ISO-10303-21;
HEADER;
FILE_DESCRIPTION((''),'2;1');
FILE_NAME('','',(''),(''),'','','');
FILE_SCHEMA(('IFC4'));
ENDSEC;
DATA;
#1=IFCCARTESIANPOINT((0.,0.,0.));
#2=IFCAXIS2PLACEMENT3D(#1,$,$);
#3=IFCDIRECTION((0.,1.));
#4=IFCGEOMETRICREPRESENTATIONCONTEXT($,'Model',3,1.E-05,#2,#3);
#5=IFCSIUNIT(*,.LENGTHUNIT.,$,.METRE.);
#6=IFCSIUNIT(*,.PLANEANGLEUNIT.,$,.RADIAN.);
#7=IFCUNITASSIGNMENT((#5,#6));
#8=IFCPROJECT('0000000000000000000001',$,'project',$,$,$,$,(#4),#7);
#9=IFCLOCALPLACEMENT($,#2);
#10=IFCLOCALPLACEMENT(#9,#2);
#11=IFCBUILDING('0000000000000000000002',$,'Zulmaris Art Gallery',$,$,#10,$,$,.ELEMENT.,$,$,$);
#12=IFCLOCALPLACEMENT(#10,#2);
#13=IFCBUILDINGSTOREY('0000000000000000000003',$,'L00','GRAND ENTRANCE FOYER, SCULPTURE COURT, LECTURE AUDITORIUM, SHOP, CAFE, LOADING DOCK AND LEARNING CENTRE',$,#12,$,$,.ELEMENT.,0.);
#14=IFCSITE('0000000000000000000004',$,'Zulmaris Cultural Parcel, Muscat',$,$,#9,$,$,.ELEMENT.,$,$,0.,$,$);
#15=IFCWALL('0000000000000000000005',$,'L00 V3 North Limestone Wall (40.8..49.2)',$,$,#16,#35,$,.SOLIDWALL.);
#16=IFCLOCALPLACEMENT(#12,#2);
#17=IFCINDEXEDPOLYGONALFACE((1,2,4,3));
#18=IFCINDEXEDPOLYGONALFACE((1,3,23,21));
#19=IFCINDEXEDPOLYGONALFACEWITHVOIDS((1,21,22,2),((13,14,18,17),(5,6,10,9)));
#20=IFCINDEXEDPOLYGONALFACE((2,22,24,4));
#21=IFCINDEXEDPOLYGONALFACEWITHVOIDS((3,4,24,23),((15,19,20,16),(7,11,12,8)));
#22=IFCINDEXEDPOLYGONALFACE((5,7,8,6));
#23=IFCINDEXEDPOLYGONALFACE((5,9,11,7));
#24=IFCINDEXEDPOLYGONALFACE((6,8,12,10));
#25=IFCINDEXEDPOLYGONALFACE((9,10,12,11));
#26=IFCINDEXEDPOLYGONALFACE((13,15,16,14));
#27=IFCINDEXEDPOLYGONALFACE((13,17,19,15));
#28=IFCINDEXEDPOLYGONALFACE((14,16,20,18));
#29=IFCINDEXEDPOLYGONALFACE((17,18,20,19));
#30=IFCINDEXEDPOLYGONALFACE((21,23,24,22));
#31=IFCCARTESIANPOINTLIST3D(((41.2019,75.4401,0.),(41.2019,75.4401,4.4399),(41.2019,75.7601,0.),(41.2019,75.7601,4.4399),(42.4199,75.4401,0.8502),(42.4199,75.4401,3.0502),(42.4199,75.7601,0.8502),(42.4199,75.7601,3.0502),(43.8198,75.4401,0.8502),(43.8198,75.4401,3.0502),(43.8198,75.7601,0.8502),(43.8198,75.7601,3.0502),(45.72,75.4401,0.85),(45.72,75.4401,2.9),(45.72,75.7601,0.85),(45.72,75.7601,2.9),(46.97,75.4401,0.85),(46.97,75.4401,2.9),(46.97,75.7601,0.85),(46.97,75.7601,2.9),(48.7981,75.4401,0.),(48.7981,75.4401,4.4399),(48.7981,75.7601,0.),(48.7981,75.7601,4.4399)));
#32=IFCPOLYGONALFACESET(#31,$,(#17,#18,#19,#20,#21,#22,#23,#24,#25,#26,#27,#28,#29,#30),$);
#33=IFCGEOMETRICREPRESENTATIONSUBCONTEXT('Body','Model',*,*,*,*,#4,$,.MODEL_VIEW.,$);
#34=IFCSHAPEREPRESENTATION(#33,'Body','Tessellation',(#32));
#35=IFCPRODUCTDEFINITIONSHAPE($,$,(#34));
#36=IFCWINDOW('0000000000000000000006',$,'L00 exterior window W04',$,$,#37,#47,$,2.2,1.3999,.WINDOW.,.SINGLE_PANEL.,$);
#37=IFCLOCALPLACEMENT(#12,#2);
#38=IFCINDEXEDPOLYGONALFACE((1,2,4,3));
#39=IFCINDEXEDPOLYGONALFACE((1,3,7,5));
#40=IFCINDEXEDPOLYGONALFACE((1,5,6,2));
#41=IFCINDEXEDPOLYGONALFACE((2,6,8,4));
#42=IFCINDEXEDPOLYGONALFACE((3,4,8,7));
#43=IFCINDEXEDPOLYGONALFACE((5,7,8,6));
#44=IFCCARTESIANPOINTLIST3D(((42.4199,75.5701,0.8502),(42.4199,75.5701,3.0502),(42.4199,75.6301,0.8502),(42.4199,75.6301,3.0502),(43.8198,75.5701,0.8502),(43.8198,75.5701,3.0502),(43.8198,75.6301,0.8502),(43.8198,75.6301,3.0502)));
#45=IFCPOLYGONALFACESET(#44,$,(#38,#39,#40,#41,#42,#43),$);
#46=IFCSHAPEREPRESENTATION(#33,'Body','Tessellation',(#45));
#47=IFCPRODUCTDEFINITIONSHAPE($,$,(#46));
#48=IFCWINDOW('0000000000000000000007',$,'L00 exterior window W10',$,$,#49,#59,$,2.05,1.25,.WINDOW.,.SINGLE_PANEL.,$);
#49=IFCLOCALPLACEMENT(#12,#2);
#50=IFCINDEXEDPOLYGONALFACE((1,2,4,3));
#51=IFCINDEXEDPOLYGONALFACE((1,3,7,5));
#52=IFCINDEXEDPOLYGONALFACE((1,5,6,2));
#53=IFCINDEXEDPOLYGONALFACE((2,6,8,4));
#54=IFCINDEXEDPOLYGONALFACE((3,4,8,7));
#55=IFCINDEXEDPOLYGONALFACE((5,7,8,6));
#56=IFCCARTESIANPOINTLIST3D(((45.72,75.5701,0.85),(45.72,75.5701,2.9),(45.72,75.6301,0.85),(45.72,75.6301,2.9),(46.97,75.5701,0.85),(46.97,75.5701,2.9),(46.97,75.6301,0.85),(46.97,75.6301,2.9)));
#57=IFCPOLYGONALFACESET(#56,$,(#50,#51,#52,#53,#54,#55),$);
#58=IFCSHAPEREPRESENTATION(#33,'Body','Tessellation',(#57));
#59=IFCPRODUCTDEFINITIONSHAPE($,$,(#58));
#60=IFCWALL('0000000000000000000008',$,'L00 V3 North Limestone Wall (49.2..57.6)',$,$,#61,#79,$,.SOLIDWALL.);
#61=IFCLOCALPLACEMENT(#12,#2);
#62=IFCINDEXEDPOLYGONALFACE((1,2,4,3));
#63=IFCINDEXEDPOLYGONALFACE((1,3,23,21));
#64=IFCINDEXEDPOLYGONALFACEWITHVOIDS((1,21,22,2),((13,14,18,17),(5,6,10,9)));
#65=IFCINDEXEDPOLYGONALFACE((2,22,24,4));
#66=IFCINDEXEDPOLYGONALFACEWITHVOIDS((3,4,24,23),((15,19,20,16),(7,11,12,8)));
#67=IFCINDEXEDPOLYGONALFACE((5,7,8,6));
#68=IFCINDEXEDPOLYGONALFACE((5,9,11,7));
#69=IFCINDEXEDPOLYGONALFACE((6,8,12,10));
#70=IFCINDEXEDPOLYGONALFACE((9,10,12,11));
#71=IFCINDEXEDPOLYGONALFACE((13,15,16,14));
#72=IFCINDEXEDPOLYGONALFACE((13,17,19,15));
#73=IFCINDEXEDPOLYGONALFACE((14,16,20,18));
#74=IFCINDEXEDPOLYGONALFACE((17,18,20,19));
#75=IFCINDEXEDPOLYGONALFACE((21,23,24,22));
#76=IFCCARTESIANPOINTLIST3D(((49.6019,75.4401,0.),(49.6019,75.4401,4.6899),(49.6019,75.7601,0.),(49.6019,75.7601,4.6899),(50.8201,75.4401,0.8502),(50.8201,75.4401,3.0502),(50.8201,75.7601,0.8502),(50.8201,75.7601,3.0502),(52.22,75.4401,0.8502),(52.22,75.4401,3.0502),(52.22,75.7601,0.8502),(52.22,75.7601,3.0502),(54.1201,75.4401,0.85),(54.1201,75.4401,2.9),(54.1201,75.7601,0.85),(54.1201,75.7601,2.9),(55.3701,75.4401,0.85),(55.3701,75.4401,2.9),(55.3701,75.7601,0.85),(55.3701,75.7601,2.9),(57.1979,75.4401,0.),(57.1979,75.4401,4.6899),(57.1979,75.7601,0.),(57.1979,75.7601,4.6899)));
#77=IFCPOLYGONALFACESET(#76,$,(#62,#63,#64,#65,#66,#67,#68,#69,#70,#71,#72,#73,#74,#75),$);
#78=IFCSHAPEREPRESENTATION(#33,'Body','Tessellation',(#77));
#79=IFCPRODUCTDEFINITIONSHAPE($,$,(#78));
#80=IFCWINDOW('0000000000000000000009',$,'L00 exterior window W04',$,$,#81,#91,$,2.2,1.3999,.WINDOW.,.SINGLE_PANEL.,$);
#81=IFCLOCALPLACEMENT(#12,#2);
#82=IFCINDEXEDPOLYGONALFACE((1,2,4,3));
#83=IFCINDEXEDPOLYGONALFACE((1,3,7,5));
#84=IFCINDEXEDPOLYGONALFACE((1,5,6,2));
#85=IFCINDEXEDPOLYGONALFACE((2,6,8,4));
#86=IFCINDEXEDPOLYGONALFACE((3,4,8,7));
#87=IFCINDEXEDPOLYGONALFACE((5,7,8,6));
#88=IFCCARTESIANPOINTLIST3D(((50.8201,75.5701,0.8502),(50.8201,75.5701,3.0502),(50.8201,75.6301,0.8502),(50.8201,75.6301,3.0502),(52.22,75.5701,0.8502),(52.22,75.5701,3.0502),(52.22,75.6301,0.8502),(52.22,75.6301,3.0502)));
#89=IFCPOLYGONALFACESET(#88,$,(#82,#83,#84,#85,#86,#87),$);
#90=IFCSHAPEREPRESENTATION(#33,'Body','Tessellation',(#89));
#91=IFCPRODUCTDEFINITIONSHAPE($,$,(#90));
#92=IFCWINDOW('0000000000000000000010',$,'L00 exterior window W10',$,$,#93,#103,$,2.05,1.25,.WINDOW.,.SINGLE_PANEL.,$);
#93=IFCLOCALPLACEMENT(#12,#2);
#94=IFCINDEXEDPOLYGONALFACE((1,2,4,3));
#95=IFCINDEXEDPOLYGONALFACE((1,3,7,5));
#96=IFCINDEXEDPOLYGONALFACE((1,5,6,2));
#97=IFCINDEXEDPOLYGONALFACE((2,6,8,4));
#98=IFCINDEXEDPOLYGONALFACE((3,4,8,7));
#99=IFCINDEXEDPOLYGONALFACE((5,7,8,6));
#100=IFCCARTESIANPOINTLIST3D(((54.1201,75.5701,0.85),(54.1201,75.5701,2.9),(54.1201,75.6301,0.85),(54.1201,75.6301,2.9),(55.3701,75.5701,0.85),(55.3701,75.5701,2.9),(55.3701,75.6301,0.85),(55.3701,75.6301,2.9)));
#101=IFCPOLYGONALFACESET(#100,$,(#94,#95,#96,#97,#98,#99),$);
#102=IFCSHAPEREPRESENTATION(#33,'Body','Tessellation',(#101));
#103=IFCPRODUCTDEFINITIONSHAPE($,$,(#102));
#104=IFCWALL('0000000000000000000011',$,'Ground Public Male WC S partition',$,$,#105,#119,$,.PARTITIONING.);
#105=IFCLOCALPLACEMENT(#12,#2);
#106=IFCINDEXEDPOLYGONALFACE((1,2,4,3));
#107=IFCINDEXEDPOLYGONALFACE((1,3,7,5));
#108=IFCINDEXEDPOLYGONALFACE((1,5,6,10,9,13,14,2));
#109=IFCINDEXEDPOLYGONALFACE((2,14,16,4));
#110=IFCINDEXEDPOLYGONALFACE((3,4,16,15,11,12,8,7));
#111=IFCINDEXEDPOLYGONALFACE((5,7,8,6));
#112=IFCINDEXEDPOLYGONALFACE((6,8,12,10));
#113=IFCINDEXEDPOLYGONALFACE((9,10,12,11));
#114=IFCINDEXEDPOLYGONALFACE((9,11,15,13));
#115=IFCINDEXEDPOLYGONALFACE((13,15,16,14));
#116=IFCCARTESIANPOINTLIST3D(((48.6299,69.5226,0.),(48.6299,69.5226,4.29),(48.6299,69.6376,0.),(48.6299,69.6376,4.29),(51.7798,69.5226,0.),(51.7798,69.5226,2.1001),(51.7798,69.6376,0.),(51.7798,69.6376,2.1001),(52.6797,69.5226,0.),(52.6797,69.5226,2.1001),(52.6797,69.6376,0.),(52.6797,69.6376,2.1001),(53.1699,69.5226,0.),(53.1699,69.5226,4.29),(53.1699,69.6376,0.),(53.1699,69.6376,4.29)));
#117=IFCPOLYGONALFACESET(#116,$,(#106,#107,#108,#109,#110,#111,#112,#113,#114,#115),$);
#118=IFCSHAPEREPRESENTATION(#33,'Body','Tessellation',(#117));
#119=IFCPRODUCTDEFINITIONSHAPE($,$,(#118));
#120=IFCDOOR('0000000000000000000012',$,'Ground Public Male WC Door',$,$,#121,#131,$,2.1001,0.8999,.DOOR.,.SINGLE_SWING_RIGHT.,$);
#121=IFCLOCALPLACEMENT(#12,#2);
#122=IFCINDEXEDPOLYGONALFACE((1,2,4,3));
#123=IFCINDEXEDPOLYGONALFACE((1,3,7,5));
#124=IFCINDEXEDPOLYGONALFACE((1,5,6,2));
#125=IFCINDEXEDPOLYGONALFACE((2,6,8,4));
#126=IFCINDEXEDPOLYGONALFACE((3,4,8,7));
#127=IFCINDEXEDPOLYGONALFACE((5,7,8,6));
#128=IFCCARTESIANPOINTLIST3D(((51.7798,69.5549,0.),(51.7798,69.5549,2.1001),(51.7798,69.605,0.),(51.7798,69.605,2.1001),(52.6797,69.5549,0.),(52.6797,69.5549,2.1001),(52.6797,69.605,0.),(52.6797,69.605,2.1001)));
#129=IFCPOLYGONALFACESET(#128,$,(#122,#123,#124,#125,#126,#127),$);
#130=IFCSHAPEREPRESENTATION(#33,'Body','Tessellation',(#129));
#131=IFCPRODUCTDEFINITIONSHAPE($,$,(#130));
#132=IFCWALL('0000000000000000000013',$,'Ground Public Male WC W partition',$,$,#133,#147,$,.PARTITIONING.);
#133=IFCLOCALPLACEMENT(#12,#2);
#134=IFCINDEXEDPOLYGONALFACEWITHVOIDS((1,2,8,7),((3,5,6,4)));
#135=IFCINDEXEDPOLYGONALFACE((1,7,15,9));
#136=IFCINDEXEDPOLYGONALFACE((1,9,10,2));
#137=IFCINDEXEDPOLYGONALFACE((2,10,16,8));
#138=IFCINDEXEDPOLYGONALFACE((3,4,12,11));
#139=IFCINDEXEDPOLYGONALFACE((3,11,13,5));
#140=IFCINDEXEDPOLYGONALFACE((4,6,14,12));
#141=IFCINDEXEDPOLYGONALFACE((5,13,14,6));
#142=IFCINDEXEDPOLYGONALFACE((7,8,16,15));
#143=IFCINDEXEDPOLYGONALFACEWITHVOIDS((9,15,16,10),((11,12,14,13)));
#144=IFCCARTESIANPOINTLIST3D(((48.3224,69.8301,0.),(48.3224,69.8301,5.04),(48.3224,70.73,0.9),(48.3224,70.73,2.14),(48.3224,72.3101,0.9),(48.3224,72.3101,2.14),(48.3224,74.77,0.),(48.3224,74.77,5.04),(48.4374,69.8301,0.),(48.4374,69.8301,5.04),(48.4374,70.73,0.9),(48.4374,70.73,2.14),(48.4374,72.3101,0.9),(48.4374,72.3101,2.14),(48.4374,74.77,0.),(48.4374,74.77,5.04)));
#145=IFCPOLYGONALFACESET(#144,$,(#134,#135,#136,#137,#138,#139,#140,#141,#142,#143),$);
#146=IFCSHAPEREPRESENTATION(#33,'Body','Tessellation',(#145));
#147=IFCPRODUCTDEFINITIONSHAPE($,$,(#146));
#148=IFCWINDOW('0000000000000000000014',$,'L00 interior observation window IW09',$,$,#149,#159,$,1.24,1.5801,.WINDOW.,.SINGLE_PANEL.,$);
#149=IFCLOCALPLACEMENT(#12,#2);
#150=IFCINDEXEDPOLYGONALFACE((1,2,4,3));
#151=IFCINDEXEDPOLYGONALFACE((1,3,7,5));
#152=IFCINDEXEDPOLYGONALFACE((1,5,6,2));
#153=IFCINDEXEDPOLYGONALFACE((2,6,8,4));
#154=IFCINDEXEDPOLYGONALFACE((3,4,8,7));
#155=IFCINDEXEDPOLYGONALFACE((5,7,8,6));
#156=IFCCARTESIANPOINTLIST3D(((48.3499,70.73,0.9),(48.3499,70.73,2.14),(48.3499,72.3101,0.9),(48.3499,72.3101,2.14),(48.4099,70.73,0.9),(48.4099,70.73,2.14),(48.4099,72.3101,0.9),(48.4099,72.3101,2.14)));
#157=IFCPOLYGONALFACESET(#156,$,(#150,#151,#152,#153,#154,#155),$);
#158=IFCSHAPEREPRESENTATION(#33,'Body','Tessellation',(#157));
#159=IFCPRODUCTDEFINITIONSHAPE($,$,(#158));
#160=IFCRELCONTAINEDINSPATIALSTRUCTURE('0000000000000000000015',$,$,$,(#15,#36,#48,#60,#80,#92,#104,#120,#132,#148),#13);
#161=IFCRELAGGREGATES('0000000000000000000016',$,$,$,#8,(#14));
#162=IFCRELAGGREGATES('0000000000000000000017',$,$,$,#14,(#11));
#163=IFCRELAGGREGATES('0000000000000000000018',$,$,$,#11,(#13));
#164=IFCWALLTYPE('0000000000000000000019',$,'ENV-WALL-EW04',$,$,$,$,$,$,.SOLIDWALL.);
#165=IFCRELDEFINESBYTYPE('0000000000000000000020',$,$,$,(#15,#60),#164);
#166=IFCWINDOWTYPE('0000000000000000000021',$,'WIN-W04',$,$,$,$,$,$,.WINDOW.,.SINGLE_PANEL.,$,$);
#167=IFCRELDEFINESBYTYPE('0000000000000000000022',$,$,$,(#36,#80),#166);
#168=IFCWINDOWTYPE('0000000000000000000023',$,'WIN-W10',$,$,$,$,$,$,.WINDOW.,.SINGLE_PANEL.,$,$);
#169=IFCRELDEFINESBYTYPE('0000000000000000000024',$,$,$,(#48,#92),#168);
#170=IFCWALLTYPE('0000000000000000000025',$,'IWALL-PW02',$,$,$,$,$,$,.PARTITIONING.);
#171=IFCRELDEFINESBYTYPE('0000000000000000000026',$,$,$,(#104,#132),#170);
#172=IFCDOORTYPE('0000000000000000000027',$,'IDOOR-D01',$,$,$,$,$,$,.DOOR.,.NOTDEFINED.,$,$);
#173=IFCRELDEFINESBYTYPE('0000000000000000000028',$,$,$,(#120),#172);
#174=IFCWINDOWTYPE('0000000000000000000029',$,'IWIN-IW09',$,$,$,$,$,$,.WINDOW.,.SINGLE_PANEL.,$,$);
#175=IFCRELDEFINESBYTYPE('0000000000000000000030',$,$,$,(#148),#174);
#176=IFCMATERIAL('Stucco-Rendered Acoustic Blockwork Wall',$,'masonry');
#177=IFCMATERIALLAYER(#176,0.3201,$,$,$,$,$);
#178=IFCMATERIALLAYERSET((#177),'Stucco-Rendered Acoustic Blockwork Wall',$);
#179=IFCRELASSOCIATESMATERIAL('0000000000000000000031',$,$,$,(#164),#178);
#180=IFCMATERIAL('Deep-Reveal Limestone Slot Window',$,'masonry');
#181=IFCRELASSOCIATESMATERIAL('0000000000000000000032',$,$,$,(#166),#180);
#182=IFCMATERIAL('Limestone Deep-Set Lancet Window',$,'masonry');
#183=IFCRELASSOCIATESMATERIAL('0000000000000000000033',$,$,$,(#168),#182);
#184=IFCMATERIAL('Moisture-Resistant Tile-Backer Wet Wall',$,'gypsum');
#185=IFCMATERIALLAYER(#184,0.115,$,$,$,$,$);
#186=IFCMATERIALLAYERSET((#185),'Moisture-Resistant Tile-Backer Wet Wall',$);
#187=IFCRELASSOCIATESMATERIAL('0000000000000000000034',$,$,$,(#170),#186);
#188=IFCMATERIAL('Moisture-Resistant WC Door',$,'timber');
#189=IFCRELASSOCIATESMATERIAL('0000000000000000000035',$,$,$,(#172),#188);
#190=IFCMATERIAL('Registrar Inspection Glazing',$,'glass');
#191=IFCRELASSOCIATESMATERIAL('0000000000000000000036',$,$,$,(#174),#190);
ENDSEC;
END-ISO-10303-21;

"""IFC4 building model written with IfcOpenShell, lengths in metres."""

from ifc_helpers import new_model, si_unit, direction, frame, frame_2d, origin, place, context, subcontext, project, spatial, rectangle, extrude, material, layer, layer_set, type_object, element, fill, save


model = new_model("IFC4")

# Units and contexts
model_context = context("Model", 3, precision=1e-05, world=origin(), true_north=direction((0.0, 1.0)))
body_context = subcontext(model_context, "Body", "Model", "MODEL_VIEW")
ifc_project = project(units=[si_unit("LENGTHUNIT", "METRE"), si_unit("PLANEANGLEUNIT", "RADIAN")], contexts=[model_context])

# Site, building, storey
site_placement = place(None, origin())
site = spatial("IfcSite", under=ifc_project, at=site_placement, Name="Zulmaris Cultural Parcel, Muscat", CompositionType="ELEMENT", RefElevation=0.0)
building_placement = place(site_placement, origin())
building = spatial("IfcBuilding", under=site, at=building_placement, Name="Zulmaris Art Gallery", CompositionType="ELEMENT")
storey_placement = place(building_placement, origin())
storey = spatial("IfcBuildingStorey", under=building, at=storey_placement, Name="L00", Description="GRAND ENTRANCE FOYER, SCULPTURE COURT, LECTURE AUDITORIUM, SHOP, CAFE, LOADING DOCK AND LEARNING CENTRE", CompositionType="ELEMENT", Elevation=0.0)

# Walls, openings, windows
ifc_material_1 = material(Name="Stucco-Rendered Acoustic Blockwork Wall", Category="masonry")
ifc_layer_1 = layer(ifc_material_1, 0.3201)
ifc_layer_set_1 = layer_set([ifc_layer_1], Name="Stucco-Rendered Acoustic Blockwork Wall")
wall_type_1 = type_object("IfcWallType", Name="ENV-WALL-EW04", PredefinedType="SOLIDWALL", material=ifc_layer_set_1)
wall_1_placement = place(storey_placement, frame((41.2019, 75.6001, 0.0), z_axis=(0.0, 0.0, 1.0), x_axis=(1.0, 0.0, 0.0)))
wall_1 = element("IfcWall", 1, at=wall_1_placement, inside=storey, type_object=wall_type_1, Name="L00 V3 North Limestone Wall (40.8..49.2)", PredefinedType="SOLIDWALL", context=body_context, shape_type="SweptSolid", body=[
    extrude(rectangle(XDim=7.5962, YDim=0.3201, at=frame_2d((3.7981, 0.0))), origin(), (0.0, 0.0, 1.0), 4.4399),
])
opening_1_placement = place(wall_1_placement, frame((1.218, 0.0, 0.8501)))
opening_1 = element("IfcOpeningElement", 2, at=opening_1_placement, cuts=wall_1, PredefinedType="OPENING", context=body_context, shape_type="SweptSolid", body=[
    extrude(rectangle(XDim=1.3999, YDim=2.2, at=frame_2d((0.7, 1.1001))), frame((0.0, 0.1699, 0.0), z_axis=(0.0, -1.0, 0.0), x_axis=(1.0, 0.0, 0.0)), (0.0, 0.0, 1.0), 0.3401),
])
opening_2_placement = place(wall_1_placement, frame((4.5181, 0.0, 0.8501)))
opening_2 = element("IfcOpeningElement", 3, at=opening_2_placement, cuts=wall_1, PredefinedType="OPENING", context=body_context, shape_type="SweptSolid", body=[
    extrude(rectangle(XDim=1.25, YDim=2.05, at=frame_2d((0.625, 1.0249))), frame((0.0, 0.1699, 0.0), z_axis=(0.0, -1.0, 0.0), x_axis=(1.0, 0.0, 0.0)), (0.0, 0.0, 1.0), 0.3401),
])
ifc_material_2 = material(Name="Deep-Reveal Limestone Slot Window", Category="masonry")
window_type_1 = type_object("IfcWindowType", Name="WIN-W04", PartitioningType="SINGLE_PANEL", PredefinedType="WINDOW", material=ifc_material_2)
window_1_placement = place(opening_1_placement, origin())
window_1 = element("IfcWindow", 4, at=window_1_placement, inside=storey, type_object=window_type_1, Name="L00 exterior window W04", OverallHeight=2.2, OverallWidth=1.3999, PartitioningType="SINGLE_PANEL", PredefinedType="WINDOW", context=body_context, shape_type="SweptSolid", body=[
    extrude(rectangle(XDim=1.3999, YDim=2.2, at=frame_2d((0.7, 1.1001))), frame((0.0, 0.03, 0.0), z_axis=(0.0, -1.0, 0.0), x_axis=(1.0, 0.0, 0.0)), (0.0, 0.0, 1.0), 0.0601),
])
fill(opening_1, window_1)
ifc_material_3 = material(Name="Limestone Deep-Set Lancet Window", Category="masonry")
window_type_2 = type_object("IfcWindowType", Name="WIN-W10", PartitioningType="SINGLE_PANEL", PredefinedType="WINDOW", material=ifc_material_3)
window_2_placement = place(opening_2_placement, origin())
window_2 = element("IfcWindow", 5, at=window_2_placement, inside=storey, type_object=window_type_2, Name="L00 exterior window W10", OverallHeight=2.05, OverallWidth=1.25, PartitioningType="SINGLE_PANEL", PredefinedType="WINDOW", context=body_context, shape_type="SweptSolid", body=[
    extrude(rectangle(XDim=1.25, YDim=2.05, at=frame_2d((0.625, 1.0249))), frame((0.0, 0.03, 0.0), z_axis=(0.0, -1.0, 0.0), x_axis=(1.0, 0.0, 0.0)), (0.0, 0.0, 1.0), 0.0601),
])
fill(opening_2, window_2)
wall_2_placement = place(storey_placement, frame((49.6021, 75.6001, 0.0), z_axis=(0.0, 0.0, 1.0), x_axis=(1.0, 0.0, 0.0)))
wall_2 = element("IfcWall", 6, at=wall_2_placement, inside=storey, type_object=wall_type_1, Name="L00 V3 North Limestone Wall (49.2..57.6)", PredefinedType="SOLIDWALL", context=body_context, shape_type="SweptSolid", body=[
    extrude(rectangle(XDim=7.5959, YDim=0.3201, at=frame_2d((3.7979, 0.0))), origin(), (0.0, 0.0, 1.0), 4.6899),
])
opening_3_placement = place(wall_2_placement, frame((1.218, 0.0, 0.8501)))
opening_3 = element("IfcOpeningElement", 7, at=opening_3_placement, cuts=wall_2, PredefinedType="OPENING", context=body_context, shape_type="SweptSolid", body=[
    extrude(rectangle(XDim=1.3999, YDim=2.2, at=frame_2d((0.7, 1.1001))), frame((0.0, 0.1699, 0.0), z_axis=(0.0, -1.0, 0.0), x_axis=(1.0, 0.0, 0.0)), (0.0, 0.0, 1.0), 0.3401),
])
opening_4_placement = place(wall_2_placement, frame((4.5181, 0.0, 0.8501)))
opening_4 = element("IfcOpeningElement", 8, at=opening_4_placement, cuts=wall_2, PredefinedType="OPENING", context=body_context, shape_type="SweptSolid", body=[
    extrude(rectangle(XDim=1.25, YDim=2.05, at=frame_2d((0.625, 1.0249))), frame((0.0, 0.1699, 0.0), z_axis=(0.0, -1.0, 0.0), x_axis=(1.0, 0.0, 0.0)), (0.0, 0.0, 1.0), 0.3401),
])
window_3_placement = place(opening_3_placement, origin())
window_3 = element("IfcWindow", 9, at=window_3_placement, inside=storey, type_object=window_type_1, Name="L00 exterior window W04", OverallHeight=2.2, OverallWidth=1.3999, PartitioningType="SINGLE_PANEL", PredefinedType="WINDOW", context=body_context, shape_type="SweptSolid", body=[
    extrude(rectangle(XDim=1.3999, YDim=2.2, at=frame_2d((0.7, 1.1001))), frame((0.0, 0.03, 0.0), z_axis=(0.0, -1.0, 0.0), x_axis=(1.0, 0.0, 0.0)), (0.0, 0.0, 1.0), 0.0601),
])
fill(opening_3, window_3)
window_4_placement = place(opening_4_placement, origin())
window_4 = element("IfcWindow", 10, at=window_4_placement, inside=storey, type_object=window_type_2, Name="L00 exterior window W10", OverallHeight=2.05, OverallWidth=1.25, PartitioningType="SINGLE_PANEL", PredefinedType="WINDOW", context=body_context, shape_type="SweptSolid", body=[
    extrude(rectangle(XDim=1.25, YDim=2.05, at=frame_2d((0.625, 1.0249))), frame((0.0, 0.03, 0.0), z_axis=(0.0, -1.0, 0.0), x_axis=(1.0, 0.0, 0.0)), (0.0, 0.0, 1.0), 0.0601),
])
fill(opening_4, window_4)

# Wall, opening, door
ifc_material_4 = material(Name="Moisture-Resistant Tile-Backer Wet Wall", Category="gypsum")
ifc_layer_2 = layer(ifc_material_4, 0.115)
ifc_layer_set_2 = layer_set([ifc_layer_2], Name="Moisture-Resistant Tile-Backer Wet Wall")
wall_type_2 = type_object("IfcWallType", Name="IWALL-PW02", PredefinedType="PARTITIONING", material=ifc_layer_set_2)
wall_3_placement = place(storey_placement, frame((48.6299, 69.5801, 0.0), z_axis=(0.0, 0.0, 1.0), x_axis=(1.0, 0.0, 0.0)))
wall_3 = element("IfcWall", 11, at=wall_3_placement, inside=storey, type_object=wall_type_2, Name="Ground Public Male WC S partition", PredefinedType="PARTITIONING", context=body_context, shape_type="SweptSolid", body=[
    extrude(rectangle(XDim=4.54, YDim=0.115, at=frame_2d((2.27, 0.0))), origin(), (0.0, 0.0, 1.0), 4.29),
])
opening_5_placement = place(wall_3_placement, frame((3.1499, 0.0, 0.0)))
opening_5 = element("IfcOpeningElement", 12, at=opening_5_placement, cuts=wall_3, PredefinedType="OPENING", context=body_context, shape_type="SweptSolid", body=[
    extrude(rectangle(XDim=0.8999, YDim=2.1001, at=frame_2d((0.45, 1.05))), frame((0.0, 0.0674, 0.0), z_axis=(0.0, -1.0, 0.0), x_axis=(1.0, 0.0, 0.0)), (0.0, 0.0, 1.0), 0.135),
])
ifc_material_5 = material(Name="Moisture-Resistant WC Door", Category="timber")
door_type = type_object("IfcDoorType", Name="IDOOR-D01", OperationType="NOTDEFINED", PredefinedType="DOOR", material=ifc_material_5)
door_placement = place(opening_5_placement, origin())
door = element("IfcDoor", 13, at=door_placement, inside=storey, type_object=door_type, Name="Ground Public Male WC Door", OperationType="SINGLE_SWING_RIGHT", OverallHeight=2.1001, OverallWidth=0.8999, PredefinedType="DOOR", context=body_context, shape_type="SweptSolid", body=[
    extrude(rectangle(XDim=0.8999, YDim=2.1001, at=frame_2d((0.45, 1.05))), frame((0.0, 0.0249, 0.0), z_axis=(0.0, -1.0, 0.0), x_axis=(1.0, 0.0, 0.0)), (0.0, 0.0, 1.0), 0.05),
])
fill(opening_5, door)

# Wall, opening, window
wall_4_placement = place(storey_placement, frame((48.3799, 69.8301, 0.0), z_axis=(0.0, 0.0, 1.0), x_axis=(0.0, 1.0, 0.0)))
wall_4 = element("IfcWall", 14, at=wall_4_placement, inside=storey, type_object=wall_type_2, Name="Ground Public Male WC W partition", PredefinedType="PARTITIONING", context=body_context, shape_type="SweptSolid", body=[
    extrude(rectangle(XDim=4.9399, YDim=0.115, at=frame_2d((2.47, 0.0))), origin(), (0.0, 0.0, 1.0), 5.04),
])
opening_6_placement = place(wall_4_placement, frame((0.8999, 0.0, 0.8999)))
opening_6 = element("IfcOpeningElement", 15, at=opening_6_placement, cuts=wall_4, PredefinedType="OPENING", context=body_context, shape_type="SweptSolid", body=[
    extrude(rectangle(XDim=1.5801, YDim=1.24, at=frame_2d((0.79, 0.6201))), frame((0.0, 0.0674, 0.0), z_axis=(0.0, -1.0, 0.0), x_axis=(1.0, 0.0, 0.0)), (0.0, 0.0, 1.0), 0.135),
])
ifc_material_6 = material(Name="Registrar Inspection Glazing", Category="glass")
window_type_3 = type_object("IfcWindowType", Name="IWIN-IW09", PartitioningType="SINGLE_PANEL", PredefinedType="WINDOW", material=ifc_material_6)
window_5_placement = place(opening_6_placement, origin())
window_5 = element("IfcWindow", 16, at=window_5_placement, inside=storey, type_object=window_type_3, Name="L00 interior observation window IW09", OverallHeight=1.24, OverallWidth=1.5801, PartitioningType="SINGLE_PANEL", PredefinedType="WINDOW", context=body_context, shape_type="SweptSolid", body=[
    extrude(rectangle(XDim=1.5801, YDim=1.24, at=frame_2d((0.79, 0.6201))), frame((0.0, 0.03, 0.0), z_axis=(0.0, -1.0, 0.0), x_axis=(1.0, 0.0, 0.0)), (0.0, 0.0, 1.0), 0.0601),
])
fill(opening_6, window_5)

save(model, "model.ifc")
